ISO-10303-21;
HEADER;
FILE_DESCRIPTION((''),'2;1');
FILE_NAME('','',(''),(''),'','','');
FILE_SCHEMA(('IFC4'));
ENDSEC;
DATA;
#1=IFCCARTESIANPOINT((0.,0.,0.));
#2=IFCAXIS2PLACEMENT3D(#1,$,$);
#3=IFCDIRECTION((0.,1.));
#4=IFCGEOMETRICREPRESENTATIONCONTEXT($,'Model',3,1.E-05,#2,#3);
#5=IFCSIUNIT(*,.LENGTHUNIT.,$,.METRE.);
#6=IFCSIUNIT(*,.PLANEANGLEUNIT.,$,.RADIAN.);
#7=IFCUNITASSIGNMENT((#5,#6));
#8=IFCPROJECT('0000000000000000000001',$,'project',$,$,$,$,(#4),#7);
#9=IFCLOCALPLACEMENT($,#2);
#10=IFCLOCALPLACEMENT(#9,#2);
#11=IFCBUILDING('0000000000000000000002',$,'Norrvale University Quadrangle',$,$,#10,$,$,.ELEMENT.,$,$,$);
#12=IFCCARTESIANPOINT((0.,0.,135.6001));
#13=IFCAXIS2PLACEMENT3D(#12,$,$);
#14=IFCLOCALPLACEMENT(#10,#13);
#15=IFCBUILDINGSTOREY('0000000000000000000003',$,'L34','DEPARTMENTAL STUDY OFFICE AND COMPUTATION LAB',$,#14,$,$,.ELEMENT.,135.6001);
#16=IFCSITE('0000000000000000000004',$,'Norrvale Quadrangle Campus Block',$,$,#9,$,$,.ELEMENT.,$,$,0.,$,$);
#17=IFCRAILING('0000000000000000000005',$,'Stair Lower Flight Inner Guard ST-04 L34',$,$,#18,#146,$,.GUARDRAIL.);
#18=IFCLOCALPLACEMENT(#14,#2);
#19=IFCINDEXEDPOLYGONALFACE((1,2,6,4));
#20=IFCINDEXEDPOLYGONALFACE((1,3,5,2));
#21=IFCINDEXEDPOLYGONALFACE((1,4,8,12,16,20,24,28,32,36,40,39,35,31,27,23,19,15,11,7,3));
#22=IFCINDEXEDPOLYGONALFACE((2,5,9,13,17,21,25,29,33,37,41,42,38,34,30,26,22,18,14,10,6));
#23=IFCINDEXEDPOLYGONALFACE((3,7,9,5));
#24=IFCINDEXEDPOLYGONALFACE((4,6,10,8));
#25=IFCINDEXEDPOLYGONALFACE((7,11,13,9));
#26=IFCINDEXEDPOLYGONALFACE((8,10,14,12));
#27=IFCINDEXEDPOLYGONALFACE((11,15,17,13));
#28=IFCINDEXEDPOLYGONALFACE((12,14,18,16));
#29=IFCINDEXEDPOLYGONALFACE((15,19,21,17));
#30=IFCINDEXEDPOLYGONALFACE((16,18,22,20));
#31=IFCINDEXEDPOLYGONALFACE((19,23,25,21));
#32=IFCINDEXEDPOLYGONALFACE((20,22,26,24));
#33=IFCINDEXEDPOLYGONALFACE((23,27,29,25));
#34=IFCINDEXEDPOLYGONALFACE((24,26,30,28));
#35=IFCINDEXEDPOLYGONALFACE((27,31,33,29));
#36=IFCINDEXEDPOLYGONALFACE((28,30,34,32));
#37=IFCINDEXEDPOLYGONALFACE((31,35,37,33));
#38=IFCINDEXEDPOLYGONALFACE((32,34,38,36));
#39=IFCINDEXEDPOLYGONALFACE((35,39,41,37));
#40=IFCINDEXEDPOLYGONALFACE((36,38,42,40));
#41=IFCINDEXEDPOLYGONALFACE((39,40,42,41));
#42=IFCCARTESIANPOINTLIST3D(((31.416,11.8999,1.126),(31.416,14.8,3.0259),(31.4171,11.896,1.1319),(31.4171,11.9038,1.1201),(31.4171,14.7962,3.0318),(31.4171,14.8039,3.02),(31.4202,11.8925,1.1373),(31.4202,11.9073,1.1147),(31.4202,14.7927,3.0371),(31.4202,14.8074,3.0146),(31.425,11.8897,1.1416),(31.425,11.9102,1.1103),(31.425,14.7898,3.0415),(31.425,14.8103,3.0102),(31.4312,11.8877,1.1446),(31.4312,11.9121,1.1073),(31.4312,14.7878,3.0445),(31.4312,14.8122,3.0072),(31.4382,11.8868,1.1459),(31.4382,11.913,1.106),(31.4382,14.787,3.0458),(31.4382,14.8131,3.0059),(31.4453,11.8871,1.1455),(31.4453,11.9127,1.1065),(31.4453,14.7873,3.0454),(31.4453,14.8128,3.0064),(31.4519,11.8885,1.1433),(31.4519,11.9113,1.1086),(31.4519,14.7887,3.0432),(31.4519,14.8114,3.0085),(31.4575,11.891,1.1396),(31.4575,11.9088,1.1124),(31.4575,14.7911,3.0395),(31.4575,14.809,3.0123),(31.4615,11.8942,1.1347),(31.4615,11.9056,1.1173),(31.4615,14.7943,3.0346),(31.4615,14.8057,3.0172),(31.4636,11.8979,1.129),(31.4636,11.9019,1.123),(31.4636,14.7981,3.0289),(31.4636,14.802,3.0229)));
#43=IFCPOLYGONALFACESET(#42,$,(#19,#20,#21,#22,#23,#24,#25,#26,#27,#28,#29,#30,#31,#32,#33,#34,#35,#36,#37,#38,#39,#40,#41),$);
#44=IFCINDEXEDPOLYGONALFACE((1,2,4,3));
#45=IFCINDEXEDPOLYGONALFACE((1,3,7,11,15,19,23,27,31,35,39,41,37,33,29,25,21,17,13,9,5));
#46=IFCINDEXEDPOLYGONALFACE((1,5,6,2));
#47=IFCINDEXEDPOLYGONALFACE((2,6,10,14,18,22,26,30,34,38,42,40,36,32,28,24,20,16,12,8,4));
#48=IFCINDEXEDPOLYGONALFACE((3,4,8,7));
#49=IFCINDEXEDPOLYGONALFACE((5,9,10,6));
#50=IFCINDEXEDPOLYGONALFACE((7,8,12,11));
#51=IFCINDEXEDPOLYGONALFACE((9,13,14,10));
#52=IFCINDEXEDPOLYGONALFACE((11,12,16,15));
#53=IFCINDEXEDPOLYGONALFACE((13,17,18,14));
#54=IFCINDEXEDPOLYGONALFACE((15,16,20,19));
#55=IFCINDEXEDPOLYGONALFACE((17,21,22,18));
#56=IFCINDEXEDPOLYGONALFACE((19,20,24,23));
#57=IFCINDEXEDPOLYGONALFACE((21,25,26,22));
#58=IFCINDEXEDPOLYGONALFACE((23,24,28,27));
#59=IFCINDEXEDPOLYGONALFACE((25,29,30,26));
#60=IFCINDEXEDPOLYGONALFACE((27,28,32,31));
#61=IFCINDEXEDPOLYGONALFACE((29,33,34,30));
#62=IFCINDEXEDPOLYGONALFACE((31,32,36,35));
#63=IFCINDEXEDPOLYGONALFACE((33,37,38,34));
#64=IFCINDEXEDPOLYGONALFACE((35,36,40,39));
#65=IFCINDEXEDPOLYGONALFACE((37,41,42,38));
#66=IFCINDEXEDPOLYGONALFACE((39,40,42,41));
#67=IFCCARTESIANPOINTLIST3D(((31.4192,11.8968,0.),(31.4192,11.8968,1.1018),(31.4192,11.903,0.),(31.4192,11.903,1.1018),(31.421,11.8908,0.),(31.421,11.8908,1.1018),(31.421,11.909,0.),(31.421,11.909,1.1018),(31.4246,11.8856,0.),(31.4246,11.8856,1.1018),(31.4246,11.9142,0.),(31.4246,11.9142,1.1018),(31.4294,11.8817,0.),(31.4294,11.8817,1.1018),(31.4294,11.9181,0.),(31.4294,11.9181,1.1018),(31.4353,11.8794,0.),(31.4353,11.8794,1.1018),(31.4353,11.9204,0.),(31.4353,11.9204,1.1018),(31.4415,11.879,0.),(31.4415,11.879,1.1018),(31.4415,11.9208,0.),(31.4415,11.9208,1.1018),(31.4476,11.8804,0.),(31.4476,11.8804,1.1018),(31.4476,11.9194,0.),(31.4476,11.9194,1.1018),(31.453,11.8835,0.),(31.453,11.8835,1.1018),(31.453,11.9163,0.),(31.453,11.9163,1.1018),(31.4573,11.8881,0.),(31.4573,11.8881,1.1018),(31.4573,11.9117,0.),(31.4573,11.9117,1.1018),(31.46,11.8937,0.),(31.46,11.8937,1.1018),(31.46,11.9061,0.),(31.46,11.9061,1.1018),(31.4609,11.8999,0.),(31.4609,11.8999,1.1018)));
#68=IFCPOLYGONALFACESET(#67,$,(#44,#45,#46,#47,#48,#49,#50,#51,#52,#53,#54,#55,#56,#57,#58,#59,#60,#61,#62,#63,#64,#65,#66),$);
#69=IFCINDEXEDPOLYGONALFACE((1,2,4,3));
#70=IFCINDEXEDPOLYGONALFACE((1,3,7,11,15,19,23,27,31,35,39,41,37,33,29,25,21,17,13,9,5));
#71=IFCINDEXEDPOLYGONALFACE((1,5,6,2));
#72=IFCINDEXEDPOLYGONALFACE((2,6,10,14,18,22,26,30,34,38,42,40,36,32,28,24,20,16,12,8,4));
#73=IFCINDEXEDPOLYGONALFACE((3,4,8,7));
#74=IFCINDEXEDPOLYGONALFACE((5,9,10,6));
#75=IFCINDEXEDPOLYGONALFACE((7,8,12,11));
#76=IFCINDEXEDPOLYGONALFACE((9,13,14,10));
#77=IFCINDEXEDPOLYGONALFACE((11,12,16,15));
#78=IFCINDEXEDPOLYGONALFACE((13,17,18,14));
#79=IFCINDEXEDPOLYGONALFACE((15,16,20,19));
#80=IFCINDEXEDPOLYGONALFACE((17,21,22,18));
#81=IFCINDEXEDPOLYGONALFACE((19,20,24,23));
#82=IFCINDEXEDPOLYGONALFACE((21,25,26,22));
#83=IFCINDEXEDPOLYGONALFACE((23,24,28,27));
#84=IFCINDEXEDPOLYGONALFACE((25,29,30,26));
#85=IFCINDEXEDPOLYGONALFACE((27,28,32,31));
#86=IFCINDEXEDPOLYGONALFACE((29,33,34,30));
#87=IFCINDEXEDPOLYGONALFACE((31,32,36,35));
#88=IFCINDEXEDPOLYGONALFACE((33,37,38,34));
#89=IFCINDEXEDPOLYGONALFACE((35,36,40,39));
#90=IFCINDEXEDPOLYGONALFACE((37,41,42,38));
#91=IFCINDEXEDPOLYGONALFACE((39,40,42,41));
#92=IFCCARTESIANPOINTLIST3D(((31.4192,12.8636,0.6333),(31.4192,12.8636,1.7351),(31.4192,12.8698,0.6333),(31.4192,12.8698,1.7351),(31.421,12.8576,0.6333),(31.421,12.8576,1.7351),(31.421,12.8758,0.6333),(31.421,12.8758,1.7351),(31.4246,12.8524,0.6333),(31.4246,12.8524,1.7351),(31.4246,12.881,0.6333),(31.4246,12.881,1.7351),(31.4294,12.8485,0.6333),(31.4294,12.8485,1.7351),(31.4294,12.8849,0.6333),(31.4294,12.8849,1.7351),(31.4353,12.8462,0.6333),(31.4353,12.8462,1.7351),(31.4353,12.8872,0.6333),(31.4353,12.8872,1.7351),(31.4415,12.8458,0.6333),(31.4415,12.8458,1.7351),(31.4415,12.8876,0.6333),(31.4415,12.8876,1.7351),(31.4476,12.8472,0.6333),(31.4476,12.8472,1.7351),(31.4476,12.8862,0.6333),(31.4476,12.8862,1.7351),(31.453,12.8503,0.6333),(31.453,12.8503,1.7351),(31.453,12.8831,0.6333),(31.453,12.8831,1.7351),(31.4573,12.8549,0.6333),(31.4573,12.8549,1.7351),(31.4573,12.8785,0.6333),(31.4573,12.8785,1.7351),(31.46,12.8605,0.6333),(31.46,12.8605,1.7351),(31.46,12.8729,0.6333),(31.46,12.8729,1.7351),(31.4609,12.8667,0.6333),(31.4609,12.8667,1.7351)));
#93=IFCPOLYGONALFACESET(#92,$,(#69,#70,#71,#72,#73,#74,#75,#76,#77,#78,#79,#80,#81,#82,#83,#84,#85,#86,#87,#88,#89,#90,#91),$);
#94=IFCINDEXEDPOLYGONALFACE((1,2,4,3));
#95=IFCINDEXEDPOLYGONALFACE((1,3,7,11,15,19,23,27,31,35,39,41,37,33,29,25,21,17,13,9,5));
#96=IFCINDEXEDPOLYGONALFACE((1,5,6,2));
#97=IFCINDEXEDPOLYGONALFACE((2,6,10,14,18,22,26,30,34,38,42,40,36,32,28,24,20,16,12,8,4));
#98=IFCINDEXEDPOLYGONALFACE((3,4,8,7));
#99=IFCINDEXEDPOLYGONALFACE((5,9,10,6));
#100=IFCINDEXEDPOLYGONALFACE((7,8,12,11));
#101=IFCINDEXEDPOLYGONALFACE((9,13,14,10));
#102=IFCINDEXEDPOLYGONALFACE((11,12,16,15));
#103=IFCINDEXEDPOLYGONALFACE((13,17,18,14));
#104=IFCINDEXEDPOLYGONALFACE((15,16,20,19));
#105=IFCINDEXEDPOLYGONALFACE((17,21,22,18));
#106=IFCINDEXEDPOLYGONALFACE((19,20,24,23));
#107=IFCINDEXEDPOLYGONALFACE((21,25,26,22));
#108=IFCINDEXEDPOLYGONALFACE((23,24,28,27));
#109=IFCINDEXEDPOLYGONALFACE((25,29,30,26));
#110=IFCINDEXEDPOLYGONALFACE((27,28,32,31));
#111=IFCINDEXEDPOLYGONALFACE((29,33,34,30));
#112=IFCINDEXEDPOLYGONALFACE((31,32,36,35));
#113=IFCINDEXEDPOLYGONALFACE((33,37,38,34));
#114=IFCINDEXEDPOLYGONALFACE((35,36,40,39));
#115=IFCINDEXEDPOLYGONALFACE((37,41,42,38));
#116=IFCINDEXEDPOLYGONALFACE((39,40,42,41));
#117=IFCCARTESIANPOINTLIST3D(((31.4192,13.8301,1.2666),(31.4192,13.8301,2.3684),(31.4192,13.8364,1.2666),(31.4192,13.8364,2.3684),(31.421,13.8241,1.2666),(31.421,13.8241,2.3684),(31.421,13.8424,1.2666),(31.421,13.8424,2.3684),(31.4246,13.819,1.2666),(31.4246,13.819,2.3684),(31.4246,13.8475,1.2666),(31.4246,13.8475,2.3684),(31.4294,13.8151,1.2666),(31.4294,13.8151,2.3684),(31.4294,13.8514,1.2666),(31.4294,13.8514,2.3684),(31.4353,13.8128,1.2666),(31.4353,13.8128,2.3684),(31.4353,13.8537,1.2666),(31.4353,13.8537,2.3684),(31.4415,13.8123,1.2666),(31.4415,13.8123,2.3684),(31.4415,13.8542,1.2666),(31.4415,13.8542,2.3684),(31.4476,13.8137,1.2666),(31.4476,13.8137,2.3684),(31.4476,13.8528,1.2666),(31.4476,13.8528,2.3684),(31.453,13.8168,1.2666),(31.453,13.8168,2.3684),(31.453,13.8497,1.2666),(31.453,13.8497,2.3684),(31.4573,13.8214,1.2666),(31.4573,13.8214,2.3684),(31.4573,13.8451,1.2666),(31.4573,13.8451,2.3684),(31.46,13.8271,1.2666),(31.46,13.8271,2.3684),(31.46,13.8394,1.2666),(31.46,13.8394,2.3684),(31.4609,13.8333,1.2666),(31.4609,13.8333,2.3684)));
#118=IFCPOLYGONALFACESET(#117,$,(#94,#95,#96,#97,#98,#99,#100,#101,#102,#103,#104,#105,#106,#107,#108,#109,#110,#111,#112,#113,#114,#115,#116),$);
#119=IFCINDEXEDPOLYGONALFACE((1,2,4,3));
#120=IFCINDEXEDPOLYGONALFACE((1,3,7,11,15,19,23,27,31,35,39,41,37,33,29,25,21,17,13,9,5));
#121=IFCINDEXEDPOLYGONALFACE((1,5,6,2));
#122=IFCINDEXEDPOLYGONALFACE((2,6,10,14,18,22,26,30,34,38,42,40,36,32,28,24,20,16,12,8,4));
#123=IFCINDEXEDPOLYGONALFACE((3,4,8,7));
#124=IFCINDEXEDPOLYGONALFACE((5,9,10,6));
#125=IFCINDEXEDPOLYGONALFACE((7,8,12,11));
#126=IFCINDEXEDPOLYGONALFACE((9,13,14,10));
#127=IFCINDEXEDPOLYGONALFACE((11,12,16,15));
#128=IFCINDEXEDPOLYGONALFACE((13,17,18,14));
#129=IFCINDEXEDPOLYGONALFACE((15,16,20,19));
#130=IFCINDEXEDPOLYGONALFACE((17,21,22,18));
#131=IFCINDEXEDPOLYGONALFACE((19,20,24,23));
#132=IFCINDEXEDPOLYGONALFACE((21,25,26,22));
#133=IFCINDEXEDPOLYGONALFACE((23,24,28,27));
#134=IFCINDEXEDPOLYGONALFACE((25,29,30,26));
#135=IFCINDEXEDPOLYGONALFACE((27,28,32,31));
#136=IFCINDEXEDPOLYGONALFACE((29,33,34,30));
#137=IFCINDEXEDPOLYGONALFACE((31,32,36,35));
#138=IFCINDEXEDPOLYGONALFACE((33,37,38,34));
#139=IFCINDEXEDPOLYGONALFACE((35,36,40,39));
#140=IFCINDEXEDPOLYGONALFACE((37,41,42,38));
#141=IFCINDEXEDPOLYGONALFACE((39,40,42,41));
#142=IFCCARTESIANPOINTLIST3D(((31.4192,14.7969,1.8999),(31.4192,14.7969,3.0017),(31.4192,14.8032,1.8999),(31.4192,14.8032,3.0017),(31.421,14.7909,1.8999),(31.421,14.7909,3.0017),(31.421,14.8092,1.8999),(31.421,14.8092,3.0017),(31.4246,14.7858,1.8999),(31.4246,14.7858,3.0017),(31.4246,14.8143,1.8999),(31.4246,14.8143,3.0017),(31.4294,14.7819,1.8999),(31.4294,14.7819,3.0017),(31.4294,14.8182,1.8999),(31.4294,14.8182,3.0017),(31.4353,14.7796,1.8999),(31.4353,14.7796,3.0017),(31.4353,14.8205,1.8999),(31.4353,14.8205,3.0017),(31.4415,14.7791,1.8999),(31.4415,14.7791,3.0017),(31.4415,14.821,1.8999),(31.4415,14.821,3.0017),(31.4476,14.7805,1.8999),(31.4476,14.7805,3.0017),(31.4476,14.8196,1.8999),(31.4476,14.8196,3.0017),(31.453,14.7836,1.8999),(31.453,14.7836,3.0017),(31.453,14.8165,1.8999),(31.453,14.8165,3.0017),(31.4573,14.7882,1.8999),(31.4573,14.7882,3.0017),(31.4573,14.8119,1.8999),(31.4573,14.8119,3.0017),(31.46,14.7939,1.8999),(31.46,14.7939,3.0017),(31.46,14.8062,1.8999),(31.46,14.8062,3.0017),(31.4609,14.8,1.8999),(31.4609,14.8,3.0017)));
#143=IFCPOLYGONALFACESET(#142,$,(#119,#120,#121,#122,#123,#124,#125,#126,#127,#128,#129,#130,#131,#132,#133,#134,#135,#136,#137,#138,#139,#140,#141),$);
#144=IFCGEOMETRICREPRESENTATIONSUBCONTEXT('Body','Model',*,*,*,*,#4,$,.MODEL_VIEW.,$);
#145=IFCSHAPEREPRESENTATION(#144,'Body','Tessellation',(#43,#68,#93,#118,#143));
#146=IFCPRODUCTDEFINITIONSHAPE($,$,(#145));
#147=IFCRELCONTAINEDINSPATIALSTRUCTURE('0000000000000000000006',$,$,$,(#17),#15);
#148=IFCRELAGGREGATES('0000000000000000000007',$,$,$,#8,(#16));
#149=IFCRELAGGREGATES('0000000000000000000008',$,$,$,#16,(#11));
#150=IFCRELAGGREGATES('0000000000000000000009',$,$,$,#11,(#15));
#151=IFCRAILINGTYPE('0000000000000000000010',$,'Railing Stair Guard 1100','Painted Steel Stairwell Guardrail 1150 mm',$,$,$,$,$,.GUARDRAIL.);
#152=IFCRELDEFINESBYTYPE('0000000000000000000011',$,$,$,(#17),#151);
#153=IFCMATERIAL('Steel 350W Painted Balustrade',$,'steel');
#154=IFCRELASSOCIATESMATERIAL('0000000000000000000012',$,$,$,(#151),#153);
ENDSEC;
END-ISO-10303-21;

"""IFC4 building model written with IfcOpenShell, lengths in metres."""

from ifc_helpers import new_model, si_unit, direction, frame, origin, origin_2d, place, context, subcontext, project, spatial, circle, extrude, material, type_object, element, save


model = new_model("IFC4")

# Units and contexts
model_context = context("Model", 3, precision=1e-05, world=origin(), true_north=direction((0.0, 1.0)))
body_context = subcontext(model_context, "Body", "Model", "MODEL_VIEW")
ifc_project = project(units=[si_unit("LENGTHUNIT", "METRE"), si_unit("PLANEANGLEUNIT", "RADIAN")], contexts=[model_context])

# Site, building, storey
site_placement = place(None, origin())
site = spatial("IfcSite", under=ifc_project, at=site_placement, Name="Norrvale Quadrangle Campus Block", CompositionType="ELEMENT", RefElevation=0.0)
building_placement = place(site_placement, origin())
building = spatial("IfcBuilding", under=site, at=building_placement, Name="Norrvale University Quadrangle", CompositionType="ELEMENT")
storey_placement = place(building_placement, frame((0.0, 0.0, 135.6001)))
storey = spatial("IfcBuildingStorey", under=building, at=storey_placement, Name="L34", Description="DEPARTMENTAL STUDY OFFICE AND COMPUTATION LAB", CompositionType="ELEMENT", Elevation=135.6001)

# Railing
ifc_material_1 = material(Name="Steel 350W Painted Balustrade", Category="steel")
railing_type_1 = type_object("IfcRailingType", Name="Railing Stair Guard 1100", Description="Painted Steel Stairwell Guardrail 1150 mm", PredefinedType="GUARDRAIL", material=ifc_material_1)
railing_1_placement = place(storey_placement, frame((31.4399, 11.8999, 0.0)))
element("IfcRailing", 1, at=railing_1_placement, inside=storey, type_object=railing_type_1, Name="Stair Lower Flight Inner Guard ST-04 L34", PredefinedType="GUARDRAIL", context=body_context, shape_type="SweptSolid", body=[
    extrude(circle(Radius=0.0239, at=origin_2d()), frame((0.0, 0.0, 1.126), z_axis=(0.0, 0.836487, 0.547987), x_axis=(-1.0, 0.0, 0.0)), (0.0, 0.0, 1.0), 3.467),
    extrude(circle(Radius=0.021, at=origin_2d()), origin(), (0.0, 0.0, 1.0), 1.1018),
    extrude(circle(Radius=0.021, at=origin_2d()), frame((0.0, 0.9668, 0.6333)), (0.0, 0.0, 1.0), 1.1018),
    extrude(circle(Radius=0.021, at=origin_2d()), frame((0.0, 1.9333, 1.2666)), (0.0, 0.0, 1.0), 1.1018),
    extrude(circle(Radius=0.021, at=origin_2d()), frame((0.0, 2.9001, 1.8999)), (0.0, 0.0, 1.0), 1.1018),
])

save(model, "model.ifc")
